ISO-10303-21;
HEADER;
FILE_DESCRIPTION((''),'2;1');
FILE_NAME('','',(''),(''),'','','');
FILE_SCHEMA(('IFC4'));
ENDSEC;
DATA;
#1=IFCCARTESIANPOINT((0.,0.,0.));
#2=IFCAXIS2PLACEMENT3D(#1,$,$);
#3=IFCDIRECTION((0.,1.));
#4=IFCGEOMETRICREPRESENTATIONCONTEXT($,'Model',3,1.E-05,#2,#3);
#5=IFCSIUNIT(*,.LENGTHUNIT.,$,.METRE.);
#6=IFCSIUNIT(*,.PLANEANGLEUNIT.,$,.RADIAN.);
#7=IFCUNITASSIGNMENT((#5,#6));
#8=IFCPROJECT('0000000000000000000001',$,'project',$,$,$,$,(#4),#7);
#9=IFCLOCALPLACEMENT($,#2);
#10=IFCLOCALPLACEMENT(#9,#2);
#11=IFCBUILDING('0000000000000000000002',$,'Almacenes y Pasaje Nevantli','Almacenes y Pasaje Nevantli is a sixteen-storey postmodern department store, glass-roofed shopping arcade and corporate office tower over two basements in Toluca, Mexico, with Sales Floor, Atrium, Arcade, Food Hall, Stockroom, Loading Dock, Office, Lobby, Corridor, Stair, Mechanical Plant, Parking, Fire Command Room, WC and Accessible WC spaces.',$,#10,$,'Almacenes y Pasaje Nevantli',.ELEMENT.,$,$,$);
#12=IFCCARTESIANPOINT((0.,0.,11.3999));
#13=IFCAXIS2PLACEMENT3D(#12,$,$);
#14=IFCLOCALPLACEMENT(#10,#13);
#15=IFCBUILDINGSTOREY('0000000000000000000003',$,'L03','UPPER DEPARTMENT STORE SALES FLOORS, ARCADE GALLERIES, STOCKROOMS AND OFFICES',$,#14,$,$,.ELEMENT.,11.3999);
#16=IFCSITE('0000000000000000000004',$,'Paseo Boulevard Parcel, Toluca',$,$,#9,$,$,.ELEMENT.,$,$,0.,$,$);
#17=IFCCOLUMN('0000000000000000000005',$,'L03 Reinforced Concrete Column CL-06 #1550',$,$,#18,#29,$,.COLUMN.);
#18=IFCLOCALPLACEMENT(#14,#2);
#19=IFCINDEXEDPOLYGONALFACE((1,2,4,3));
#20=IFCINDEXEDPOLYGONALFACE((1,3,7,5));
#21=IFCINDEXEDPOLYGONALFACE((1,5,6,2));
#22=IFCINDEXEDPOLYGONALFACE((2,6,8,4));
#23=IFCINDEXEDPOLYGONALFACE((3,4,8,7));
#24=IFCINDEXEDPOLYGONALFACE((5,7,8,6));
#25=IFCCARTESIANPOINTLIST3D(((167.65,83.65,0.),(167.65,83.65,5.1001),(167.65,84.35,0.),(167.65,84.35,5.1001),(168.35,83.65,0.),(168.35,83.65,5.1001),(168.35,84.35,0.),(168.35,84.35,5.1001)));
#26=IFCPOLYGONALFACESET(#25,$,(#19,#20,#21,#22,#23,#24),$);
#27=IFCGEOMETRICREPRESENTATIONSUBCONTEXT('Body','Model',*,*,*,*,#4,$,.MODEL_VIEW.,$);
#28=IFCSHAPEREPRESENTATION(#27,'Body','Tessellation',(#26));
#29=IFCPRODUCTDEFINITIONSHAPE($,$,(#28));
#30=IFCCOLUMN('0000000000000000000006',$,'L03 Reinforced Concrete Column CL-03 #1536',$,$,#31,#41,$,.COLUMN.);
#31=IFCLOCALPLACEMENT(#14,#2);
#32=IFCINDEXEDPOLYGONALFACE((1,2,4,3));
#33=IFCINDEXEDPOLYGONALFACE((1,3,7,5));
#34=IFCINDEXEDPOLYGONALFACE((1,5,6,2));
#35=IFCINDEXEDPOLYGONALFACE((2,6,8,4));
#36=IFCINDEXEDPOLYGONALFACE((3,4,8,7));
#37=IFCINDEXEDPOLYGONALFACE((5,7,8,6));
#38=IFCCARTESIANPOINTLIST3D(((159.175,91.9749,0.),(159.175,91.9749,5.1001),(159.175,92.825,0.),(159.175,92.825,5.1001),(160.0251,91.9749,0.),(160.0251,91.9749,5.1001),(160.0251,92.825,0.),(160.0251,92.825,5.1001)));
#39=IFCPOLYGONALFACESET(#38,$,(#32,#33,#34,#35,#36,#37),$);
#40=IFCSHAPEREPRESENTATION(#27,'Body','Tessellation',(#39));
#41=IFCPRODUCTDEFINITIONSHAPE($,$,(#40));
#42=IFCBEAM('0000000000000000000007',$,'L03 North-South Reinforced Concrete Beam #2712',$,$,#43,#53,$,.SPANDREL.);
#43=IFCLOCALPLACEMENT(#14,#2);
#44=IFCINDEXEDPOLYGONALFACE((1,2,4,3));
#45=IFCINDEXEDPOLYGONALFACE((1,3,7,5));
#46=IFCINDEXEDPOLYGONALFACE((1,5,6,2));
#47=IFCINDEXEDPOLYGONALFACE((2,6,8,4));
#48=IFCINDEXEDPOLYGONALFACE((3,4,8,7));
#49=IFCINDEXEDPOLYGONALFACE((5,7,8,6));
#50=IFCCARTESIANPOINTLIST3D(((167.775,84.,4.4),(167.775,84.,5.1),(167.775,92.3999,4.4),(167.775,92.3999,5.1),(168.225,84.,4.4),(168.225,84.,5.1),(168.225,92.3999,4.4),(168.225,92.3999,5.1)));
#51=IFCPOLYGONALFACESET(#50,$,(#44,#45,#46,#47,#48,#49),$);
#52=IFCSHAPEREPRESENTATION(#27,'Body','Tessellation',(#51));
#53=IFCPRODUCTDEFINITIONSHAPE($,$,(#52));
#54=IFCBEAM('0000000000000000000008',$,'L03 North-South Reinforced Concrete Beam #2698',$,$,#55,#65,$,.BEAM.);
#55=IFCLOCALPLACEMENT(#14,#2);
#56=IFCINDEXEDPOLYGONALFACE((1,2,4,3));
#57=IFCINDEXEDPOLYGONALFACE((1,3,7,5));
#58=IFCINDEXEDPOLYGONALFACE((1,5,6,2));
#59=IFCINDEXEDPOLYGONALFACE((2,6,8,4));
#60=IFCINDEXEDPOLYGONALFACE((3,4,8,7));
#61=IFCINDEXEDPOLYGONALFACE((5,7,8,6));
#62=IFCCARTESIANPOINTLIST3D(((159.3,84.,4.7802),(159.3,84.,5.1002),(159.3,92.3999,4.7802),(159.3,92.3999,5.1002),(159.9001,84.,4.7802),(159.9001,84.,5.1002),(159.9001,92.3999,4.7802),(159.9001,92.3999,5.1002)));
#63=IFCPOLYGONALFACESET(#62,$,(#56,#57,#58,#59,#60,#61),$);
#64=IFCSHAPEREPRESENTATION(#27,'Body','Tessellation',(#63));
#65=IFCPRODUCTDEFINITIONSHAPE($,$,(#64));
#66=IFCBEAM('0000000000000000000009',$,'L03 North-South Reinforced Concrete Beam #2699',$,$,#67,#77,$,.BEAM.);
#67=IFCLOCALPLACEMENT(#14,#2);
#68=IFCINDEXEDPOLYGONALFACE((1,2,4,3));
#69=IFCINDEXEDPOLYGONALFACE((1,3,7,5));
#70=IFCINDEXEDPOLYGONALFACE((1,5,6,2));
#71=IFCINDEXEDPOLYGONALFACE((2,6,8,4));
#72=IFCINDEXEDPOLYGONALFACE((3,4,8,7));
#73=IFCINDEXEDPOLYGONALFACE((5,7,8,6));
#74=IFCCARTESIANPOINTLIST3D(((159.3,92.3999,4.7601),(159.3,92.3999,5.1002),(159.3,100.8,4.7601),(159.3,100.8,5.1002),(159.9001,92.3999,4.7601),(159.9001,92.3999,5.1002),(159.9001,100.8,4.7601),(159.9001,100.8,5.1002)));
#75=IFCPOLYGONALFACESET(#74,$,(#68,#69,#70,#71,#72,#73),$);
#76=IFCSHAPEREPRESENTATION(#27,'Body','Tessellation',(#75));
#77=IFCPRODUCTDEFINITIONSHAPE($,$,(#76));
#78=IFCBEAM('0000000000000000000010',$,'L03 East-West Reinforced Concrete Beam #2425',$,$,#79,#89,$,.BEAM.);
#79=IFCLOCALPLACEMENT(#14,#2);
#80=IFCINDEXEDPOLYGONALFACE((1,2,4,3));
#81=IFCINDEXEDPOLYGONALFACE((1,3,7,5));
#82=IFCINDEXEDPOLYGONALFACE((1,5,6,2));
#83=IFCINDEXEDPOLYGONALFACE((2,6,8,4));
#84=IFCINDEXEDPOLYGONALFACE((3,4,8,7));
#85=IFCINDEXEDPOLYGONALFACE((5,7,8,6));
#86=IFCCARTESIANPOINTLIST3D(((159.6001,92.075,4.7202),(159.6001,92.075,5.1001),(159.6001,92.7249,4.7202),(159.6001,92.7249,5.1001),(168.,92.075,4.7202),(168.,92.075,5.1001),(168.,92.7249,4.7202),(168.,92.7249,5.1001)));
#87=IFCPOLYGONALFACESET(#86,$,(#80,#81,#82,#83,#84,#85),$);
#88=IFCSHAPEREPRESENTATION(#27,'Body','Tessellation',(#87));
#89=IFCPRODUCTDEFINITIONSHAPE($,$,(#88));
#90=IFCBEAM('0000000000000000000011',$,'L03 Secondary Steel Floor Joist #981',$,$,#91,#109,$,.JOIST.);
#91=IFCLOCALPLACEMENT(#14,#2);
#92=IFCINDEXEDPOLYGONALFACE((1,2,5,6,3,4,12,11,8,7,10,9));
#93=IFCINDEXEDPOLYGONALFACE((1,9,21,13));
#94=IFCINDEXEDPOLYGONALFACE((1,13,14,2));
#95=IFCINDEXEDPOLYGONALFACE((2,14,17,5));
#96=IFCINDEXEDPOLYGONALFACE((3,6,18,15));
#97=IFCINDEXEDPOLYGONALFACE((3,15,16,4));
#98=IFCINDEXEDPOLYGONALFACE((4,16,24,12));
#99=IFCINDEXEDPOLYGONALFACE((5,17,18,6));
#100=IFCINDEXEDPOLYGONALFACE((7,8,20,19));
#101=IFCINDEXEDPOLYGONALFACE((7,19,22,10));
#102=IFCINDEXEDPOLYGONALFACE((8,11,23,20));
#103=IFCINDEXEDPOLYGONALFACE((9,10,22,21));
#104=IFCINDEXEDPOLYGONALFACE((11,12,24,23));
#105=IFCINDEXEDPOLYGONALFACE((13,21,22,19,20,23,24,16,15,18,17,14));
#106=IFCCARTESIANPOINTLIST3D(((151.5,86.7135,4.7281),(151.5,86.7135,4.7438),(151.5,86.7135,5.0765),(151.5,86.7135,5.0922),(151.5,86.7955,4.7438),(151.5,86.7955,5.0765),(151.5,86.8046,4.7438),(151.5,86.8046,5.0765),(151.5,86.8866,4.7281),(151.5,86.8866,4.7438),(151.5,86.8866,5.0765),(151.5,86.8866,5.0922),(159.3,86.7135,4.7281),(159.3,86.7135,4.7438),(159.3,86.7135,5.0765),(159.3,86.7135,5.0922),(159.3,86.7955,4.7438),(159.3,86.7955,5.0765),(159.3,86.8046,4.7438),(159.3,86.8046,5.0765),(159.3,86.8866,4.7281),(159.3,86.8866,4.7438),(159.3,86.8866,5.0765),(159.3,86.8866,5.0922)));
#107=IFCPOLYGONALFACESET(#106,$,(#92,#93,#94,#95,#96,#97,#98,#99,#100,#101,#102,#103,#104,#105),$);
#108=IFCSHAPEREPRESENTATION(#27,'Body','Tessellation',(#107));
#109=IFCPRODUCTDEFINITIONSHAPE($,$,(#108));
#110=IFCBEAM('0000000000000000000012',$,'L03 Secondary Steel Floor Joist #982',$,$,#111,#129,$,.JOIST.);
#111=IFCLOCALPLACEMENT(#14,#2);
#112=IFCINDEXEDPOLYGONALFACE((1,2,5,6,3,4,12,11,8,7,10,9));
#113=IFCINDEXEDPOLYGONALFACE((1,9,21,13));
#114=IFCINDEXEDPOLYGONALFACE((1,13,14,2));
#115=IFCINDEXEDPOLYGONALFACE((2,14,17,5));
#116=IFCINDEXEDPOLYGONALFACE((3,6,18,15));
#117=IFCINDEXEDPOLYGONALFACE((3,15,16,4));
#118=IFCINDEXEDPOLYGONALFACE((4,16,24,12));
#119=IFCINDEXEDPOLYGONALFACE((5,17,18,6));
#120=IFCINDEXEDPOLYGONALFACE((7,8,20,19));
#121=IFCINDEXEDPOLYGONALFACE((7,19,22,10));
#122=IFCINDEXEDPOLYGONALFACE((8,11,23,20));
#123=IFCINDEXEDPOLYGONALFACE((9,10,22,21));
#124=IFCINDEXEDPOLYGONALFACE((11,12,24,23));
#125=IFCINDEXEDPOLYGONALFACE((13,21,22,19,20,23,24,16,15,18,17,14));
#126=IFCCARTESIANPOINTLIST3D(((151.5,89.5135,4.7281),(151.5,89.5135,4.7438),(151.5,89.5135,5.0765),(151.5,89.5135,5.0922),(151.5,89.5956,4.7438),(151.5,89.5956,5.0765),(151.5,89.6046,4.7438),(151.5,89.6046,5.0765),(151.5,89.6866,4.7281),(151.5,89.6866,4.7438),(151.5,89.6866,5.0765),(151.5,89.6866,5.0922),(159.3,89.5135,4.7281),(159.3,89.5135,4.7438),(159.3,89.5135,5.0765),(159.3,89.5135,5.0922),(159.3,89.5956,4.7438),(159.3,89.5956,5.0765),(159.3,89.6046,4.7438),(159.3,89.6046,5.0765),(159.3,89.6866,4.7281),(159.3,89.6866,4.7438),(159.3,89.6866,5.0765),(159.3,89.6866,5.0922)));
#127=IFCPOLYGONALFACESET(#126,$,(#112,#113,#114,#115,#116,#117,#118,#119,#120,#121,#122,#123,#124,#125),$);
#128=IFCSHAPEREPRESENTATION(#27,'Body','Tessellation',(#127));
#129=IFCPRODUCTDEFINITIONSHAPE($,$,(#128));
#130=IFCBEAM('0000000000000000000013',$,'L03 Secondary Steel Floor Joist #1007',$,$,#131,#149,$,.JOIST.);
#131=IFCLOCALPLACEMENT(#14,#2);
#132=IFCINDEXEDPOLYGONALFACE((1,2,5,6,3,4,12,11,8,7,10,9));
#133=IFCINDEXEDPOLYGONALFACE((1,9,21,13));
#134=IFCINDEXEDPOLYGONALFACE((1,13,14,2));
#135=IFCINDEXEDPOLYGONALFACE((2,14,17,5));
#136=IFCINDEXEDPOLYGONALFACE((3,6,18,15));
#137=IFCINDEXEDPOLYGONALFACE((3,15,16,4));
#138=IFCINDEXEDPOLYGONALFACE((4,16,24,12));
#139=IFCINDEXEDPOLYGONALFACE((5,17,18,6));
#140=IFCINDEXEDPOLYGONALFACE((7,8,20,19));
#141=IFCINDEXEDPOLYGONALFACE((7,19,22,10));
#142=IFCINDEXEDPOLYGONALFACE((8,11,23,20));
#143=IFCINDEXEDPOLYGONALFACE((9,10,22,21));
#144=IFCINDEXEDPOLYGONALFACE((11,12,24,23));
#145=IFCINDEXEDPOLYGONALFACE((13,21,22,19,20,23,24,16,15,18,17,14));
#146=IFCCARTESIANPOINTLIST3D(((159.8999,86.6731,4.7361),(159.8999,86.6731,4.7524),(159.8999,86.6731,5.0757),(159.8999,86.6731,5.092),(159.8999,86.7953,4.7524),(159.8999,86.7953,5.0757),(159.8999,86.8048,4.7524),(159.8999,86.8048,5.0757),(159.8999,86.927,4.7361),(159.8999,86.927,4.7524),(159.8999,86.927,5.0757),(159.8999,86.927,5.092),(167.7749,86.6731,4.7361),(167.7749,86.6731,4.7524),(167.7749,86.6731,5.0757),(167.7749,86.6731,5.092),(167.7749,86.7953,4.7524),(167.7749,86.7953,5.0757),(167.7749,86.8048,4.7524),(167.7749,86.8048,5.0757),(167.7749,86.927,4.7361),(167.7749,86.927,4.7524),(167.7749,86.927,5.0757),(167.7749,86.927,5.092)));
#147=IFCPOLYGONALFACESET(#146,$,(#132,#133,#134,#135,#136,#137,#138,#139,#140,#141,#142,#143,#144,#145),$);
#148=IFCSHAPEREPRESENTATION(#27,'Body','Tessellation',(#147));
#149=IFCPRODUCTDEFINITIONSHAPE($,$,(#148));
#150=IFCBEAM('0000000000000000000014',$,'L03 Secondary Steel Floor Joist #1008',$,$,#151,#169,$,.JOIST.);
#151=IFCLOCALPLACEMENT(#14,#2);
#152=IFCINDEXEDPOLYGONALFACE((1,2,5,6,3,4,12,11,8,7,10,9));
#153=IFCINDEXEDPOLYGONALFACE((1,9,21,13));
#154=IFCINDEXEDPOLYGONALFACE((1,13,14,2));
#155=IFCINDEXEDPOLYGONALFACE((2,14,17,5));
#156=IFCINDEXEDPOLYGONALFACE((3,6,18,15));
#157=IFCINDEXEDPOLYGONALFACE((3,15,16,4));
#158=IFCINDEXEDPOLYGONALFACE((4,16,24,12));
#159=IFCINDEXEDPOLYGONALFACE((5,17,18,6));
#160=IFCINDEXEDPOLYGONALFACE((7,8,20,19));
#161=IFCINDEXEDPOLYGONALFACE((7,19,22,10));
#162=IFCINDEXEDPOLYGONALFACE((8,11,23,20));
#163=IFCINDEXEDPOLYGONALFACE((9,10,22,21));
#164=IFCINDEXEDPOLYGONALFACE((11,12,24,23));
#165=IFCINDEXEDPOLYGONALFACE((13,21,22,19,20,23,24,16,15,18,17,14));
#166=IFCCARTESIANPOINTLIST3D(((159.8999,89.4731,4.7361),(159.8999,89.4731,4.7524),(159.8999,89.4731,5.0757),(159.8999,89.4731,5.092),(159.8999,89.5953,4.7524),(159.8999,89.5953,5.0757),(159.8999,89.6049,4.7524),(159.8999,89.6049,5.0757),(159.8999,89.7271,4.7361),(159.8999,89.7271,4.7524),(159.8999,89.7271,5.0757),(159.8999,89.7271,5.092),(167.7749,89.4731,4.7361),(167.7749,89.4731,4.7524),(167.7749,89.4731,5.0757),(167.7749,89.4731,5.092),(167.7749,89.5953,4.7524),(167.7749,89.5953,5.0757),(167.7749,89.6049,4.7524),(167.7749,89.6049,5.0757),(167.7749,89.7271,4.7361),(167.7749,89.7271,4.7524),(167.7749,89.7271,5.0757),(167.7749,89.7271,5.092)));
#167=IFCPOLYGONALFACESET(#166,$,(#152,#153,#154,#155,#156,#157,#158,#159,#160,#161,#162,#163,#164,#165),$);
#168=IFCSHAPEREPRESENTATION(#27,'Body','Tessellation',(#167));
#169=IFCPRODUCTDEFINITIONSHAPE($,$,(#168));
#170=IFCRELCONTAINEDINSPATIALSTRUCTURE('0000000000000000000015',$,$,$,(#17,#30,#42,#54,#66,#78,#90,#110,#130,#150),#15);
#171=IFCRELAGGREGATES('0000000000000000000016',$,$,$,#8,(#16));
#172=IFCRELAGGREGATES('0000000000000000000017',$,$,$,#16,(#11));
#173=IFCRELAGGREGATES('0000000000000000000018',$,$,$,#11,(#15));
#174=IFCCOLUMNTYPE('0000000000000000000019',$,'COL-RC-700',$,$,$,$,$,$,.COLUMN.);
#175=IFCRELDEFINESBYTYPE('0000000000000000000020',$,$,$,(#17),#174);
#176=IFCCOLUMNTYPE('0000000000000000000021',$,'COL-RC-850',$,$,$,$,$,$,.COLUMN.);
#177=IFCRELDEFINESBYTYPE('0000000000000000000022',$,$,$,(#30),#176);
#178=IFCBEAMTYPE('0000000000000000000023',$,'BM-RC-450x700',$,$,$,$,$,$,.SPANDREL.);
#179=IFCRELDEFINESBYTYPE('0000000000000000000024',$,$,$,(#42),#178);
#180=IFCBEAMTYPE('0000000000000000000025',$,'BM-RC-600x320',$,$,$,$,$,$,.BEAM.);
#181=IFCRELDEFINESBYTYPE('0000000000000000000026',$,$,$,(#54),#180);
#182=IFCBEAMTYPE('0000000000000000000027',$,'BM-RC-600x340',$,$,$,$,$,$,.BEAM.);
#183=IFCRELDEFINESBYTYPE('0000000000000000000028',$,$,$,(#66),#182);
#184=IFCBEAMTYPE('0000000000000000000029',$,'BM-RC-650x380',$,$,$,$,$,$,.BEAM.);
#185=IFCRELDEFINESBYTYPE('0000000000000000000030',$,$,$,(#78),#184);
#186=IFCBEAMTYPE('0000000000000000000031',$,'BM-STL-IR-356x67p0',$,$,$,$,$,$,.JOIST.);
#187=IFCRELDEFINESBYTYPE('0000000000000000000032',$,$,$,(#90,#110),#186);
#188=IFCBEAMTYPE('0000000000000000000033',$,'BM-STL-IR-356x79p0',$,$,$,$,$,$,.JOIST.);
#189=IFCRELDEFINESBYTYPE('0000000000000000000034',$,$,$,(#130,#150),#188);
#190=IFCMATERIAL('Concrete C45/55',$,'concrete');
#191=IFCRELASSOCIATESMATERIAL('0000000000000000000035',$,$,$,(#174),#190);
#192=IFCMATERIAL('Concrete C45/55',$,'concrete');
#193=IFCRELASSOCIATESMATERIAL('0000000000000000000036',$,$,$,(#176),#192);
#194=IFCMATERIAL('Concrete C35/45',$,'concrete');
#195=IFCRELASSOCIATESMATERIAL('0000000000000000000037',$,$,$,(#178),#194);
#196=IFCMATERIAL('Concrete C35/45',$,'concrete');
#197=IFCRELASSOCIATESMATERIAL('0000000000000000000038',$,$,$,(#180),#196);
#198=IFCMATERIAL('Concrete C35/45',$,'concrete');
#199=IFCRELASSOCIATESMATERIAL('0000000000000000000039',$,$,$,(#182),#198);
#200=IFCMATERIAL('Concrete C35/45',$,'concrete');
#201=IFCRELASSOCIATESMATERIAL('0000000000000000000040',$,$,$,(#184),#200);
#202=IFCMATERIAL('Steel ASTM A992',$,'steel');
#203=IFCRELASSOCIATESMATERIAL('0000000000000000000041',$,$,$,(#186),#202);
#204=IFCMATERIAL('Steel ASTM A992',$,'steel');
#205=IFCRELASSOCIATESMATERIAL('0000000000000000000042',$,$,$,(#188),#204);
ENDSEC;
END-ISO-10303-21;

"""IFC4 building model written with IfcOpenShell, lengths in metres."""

from ifc_helpers import new_model, si_unit, direction, frame, origin, origin_2d, place, context, subcontext, project, spatial, rectangle, i_section, extrude, material, material_profile, profile_set, type_object, element, save


model = new_model("IFC4")

# Units and contexts
model_context = context("Model", 3, precision=1e-05, world=origin(), true_north=direction((0.0, 1.0)))
body_context = subcontext(model_context, "Body", "Model", "MODEL_VIEW")
ifc_project = project(units=[si_unit("LENGTHUNIT", "METRE"), si_unit("PLANEANGLEUNIT", "RADIAN")], contexts=[model_context])

# Site, building, storey
site_placement = place(None, origin())
site = spatial("IfcSite", under=ifc_project, at=site_placement, Name="Paseo Boulevard Parcel, Toluca", CompositionType="ELEMENT", RefElevation=0.0)
building_placement = place(site_placement, origin())
building = spatial("IfcBuilding", under=site, at=building_placement, Name="Almacenes y Pasaje Nevantli", Description="Almacenes y Pasaje Nevantli is a sixteen-storey postmodern department store, glass-roofed shopping arcade and corporate office tower over two basements in Toluca, Mexico, with Sales Floor, Atrium, Arcade, Food Hall, Stockroom, Loading Dock, Office, Lobby, Corridor, Stair, Mechanical Plant, Parking, Fire Command Room, WC and Accessible WC spaces.", LongName="Almacenes y Pasaje Nevantli", CompositionType="ELEMENT")
storey_placement = place(building_placement, frame((0.0, 0.0, 11.3999)))
storey = spatial("IfcBuildingStorey", under=building, at=storey_placement, Name="L03", Description="UPPER DEPARTMENT STORE SALES FLOORS, ARCADE GALLERIES, STOCKROOMS AND OFFICES", CompositionType="ELEMENT", Elevation=11.3999)

# Columns
ifc_material_1 = material(Name="Concrete C45/55", Category="concrete")
ifc_material_profile_1 = material_profile(ifc_material_1, rectangle(XDim=0.7, YDim=0.7, at=origin_2d()), Name="RC-COL-700x700")
ifc_profile_set_1 = profile_set([ifc_material_profile_1], Name="Concrete C45/55")
column_type_1 = type_object("IfcColumnType", Name="COL-RC-700", PredefinedType="COLUMN", material=ifc_profile_set_1)
column_1_placement = place(storey_placement, frame((168.0, 84.0, 0.0), z_axis=(0.0, 0.0, 1.0), x_axis=(1.0, 0.0, 0.0)))
element("IfcColumn", 1, at=column_1_placement, inside=storey, type_object=column_type_1, Name="L03 Reinforced Concrete Column CL-06 #1550", PredefinedType="COLUMN", context=body_context, shape_type="SweptSolid", body=[
    extrude(rectangle(XDim=0.7, YDim=0.7, at=origin_2d()), origin(), (0.0, 0.0, 1.0), 5.1001),
])
ifc_material_2 = material(Name="Concrete C45/55", Category="concrete")
ifc_material_profile_2 = material_profile(ifc_material_2, rectangle(XDim=0.8501, YDim=0.8501, at=origin_2d()), Name="RC-COL-850x850")
ifc_profile_set_2 = profile_set([ifc_material_profile_2], Name="Concrete C45/55")
column_type_2 = type_object("IfcColumnType", Name="COL-RC-850", PredefinedType="COLUMN", material=ifc_profile_set_2)
column_2_placement = place(storey_placement, frame((159.6001, 92.3999, 0.0), z_axis=(0.0, 0.0, 1.0), x_axis=(1.0, 0.0, 0.0)))
element("IfcColumn", 2, at=column_2_placement, inside=storey, type_object=column_type_2, Name="L03 Reinforced Concrete Column CL-03 #1536", PredefinedType="COLUMN", context=body_context, shape_type="SweptSolid", body=[
    extrude(rectangle(XDim=0.8501, YDim=0.8501, at=origin_2d()), origin(), (0.0, 0.0, 1.0), 5.1001),
])

# Beams
ifc_material_3 = material(Name="Concrete C35/45", Category="concrete")
ifc_material_profile_3 = material_profile(ifc_material_3, rectangle(XDim=0.45, YDim=0.7, at=origin_2d()), Name="RC-BM-450x700")
ifc_profile_set_3 = profile_set([ifc_material_profile_3], Name="Concrete C35/45")
beam_type_1 = type_object("IfcBeamType", Name="BM-RC-450x700", PredefinedType="SPANDREL", material=ifc_profile_set_3)
beam_1_placement = place(storey_placement, frame((168.0, 84.0, 4.75), z_axis=(0.0, 1.0, 0.0), x_axis=(-1.0, 0.0, 0.0)))
element("IfcBeam", 3, at=beam_1_placement, inside=storey, type_object=beam_type_1, Name="L03 North-South Reinforced Concrete Beam #2712", PredefinedType="SPANDREL", context=body_context, shape_type="SweptSolid", body=[
    extrude(rectangle(XDim=0.45, YDim=0.7, at=origin_2d()), origin(), (0.0, 0.0, 1.0), 8.3999),
])
ifc_material_4 = material(Name="Concrete C35/45", Category="concrete")
ifc_material_profile_4 = material_profile(ifc_material_4, rectangle(XDim=0.6001, YDim=0.3201, at=origin_2d()), Name="RC-BM-600x320")
ifc_profile_set_4 = profile_set([ifc_material_profile_4], Name="Concrete C35/45")
beam_type_2 = type_object("IfcBeamType", Name="BM-RC-600x320", PredefinedType="BEAM", material=ifc_profile_set_4)
beam_2_placement = place(storey_placement, frame((159.6001, 84.0, 4.9402), z_axis=(0.0, 1.0, 0.0), x_axis=(-1.0, 0.0, 0.0)))
element("IfcBeam", 4, at=beam_2_placement, inside=storey, type_object=beam_type_2, Name="L03 North-South Reinforced Concrete Beam #2698", PredefinedType="BEAM", context=body_context, shape_type="SweptSolid", body=[
    extrude(rectangle(XDim=0.6001, YDim=0.3201, at=origin_2d()), origin(), (0.0, 0.0, 1.0), 8.3999),
])
ifc_material_5 = material(Name="Concrete C35/45", Category="concrete")
ifc_material_profile_5 = material_profile(ifc_material_5, rectangle(XDim=0.6001, YDim=0.3401, at=origin_2d()), Name="RC-BM-600x340")
ifc_profile_set_5 = profile_set([ifc_material_profile_5], Name="Concrete C35/45")
beam_type_3 = type_object("IfcBeamType", Name="BM-RC-600x340", PredefinedType="BEAM", material=ifc_profile_set_5)
beam_3_placement = place(storey_placement, frame((159.6001, 92.3999, 4.9302), z_axis=(0.0, 1.0, 0.0), x_axis=(-1.0, 0.0, 0.0)))
element("IfcBeam", 5, at=beam_3_placement, inside=storey, type_object=beam_type_3, Name="L03 North-South Reinforced Concrete Beam #2699", PredefinedType="BEAM", context=body_context, shape_type="SweptSolid", body=[
    extrude(rectangle(XDim=0.6001, YDim=0.3401, at=origin_2d()), origin(), (0.0, 0.0, 1.0), 8.4001),
])
ifc_material_6 = material(Name="Concrete C35/45", Category="concrete")
ifc_material_profile_6 = material_profile(ifc_material_6, rectangle(XDim=0.6499, YDim=0.3799, at=origin_2d()), Name="RC-BM-650x380")
ifc_profile_set_6 = profile_set([ifc_material_profile_6], Name="Concrete C35/45")
beam_type_4 = type_object("IfcBeamType", Name="BM-RC-650x380", PredefinedType="BEAM", material=ifc_profile_set_6)
beam_4_placement = place(storey_placement, frame((159.6001, 92.3999, 4.9102), z_axis=(1.0, 0.0, 0.0), x_axis=(0.0, 1.0, 0.0)))
element("IfcBeam", 6, at=beam_4_placement, inside=storey, type_object=beam_type_4, Name="L03 East-West Reinforced Concrete Beam #2425", PredefinedType="BEAM", context=body_context, shape_type="SweptSolid", body=[
    extrude(rectangle(XDim=0.6499, YDim=0.3799, at=origin_2d()), origin(), (0.0, 0.0, 1.0), 8.3999),
])
ifc_material_7 = material(Name="Steel ASTM A992", Category="steel")
ifc_material_profile_7 = material_profile(ifc_material_7, i_section(OverallWidth=0.1731, OverallDepth=0.364, WebThickness=0.009, FlangeThickness=0.0156, at=origin_2d()), Name="IR 356x67.0")
ifc_profile_set_7 = profile_set([ifc_material_profile_7], Name="Steel ASTM A992")
beam_type_5 = type_object("IfcBeamType", Name="BM-STL-IR-356x67p0", PredefinedType="JOIST", material=ifc_profile_set_7)
for number, where, z_axis, x_axis, name in (
    (7, (151.5, 86.8, 4.9102), (1.0, 0.0, 0.0), (0.0, 1.0, 0.0), "L03 Secondary Steel Floor Joist #981"),
    (8, (151.5, 89.6001, 4.9102), (1.0, 0.0, 0.0), (0.0, 1.0, 0.0), "L03 Secondary Steel Floor Joist #982"),
):
    element("IfcBeam", number, at=place(storey_placement, frame(where, z_axis=z_axis, x_axis=x_axis)), inside=storey, type_object=beam_type_5, Name=name, PredefinedType="JOIST", context=body_context, shape_type="SweptSolid", body=[
        extrude(i_section(OverallWidth=0.1731, OverallDepth=0.364, WebThickness=0.009, FlangeThickness=0.0156, at=origin_2d()), origin(), (0.0, 0.0, 1.0), 7.8),
    ])
ifc_material_8 = material(Name="Steel ASTM A992", Category="steel")
ifc_material_profile_8 = material_profile(ifc_material_8, i_section(OverallWidth=0.2539, OverallDepth=0.356, WebThickness=0.0095, FlangeThickness=0.0164, at=origin_2d()), Name="IR 356x79.0")
ifc_profile_set_8 = profile_set([ifc_material_profile_8], Name="Steel ASTM A992")
beam_type_6 = type_object("IfcBeamType", Name="BM-STL-IR-356x79p0", PredefinedType="JOIST", material=ifc_profile_set_8)
for number, where, z_axis, x_axis, name in (
    (9, (159.8999, 86.8, 4.9141), (1.0, 0.0, 0.0), (0.0, 1.0, 0.0), "L03 Secondary Steel Floor Joist #1007"),
    (10, (159.8999, 89.6001, 4.9141), (1.0, 0.0, 0.0), (0.0, 1.0, 0.0), "L03 Secondary Steel Floor Joist #1008"),
):
    element("IfcBeam", number, at=place(storey_placement, frame(where, z_axis=z_axis, x_axis=x_axis)), inside=storey, type_object=beam_type_6, Name=name, PredefinedType="JOIST", context=body_context, shape_type="SweptSolid", body=[
        extrude(i_section(OverallWidth=0.2539, OverallDepth=0.356, WebThickness=0.0095, FlangeThickness=0.0164, at=origin_2d()), origin(), (0.0, 0.0, 1.0), 7.875),
    ])

save(model, "model.ifc")
